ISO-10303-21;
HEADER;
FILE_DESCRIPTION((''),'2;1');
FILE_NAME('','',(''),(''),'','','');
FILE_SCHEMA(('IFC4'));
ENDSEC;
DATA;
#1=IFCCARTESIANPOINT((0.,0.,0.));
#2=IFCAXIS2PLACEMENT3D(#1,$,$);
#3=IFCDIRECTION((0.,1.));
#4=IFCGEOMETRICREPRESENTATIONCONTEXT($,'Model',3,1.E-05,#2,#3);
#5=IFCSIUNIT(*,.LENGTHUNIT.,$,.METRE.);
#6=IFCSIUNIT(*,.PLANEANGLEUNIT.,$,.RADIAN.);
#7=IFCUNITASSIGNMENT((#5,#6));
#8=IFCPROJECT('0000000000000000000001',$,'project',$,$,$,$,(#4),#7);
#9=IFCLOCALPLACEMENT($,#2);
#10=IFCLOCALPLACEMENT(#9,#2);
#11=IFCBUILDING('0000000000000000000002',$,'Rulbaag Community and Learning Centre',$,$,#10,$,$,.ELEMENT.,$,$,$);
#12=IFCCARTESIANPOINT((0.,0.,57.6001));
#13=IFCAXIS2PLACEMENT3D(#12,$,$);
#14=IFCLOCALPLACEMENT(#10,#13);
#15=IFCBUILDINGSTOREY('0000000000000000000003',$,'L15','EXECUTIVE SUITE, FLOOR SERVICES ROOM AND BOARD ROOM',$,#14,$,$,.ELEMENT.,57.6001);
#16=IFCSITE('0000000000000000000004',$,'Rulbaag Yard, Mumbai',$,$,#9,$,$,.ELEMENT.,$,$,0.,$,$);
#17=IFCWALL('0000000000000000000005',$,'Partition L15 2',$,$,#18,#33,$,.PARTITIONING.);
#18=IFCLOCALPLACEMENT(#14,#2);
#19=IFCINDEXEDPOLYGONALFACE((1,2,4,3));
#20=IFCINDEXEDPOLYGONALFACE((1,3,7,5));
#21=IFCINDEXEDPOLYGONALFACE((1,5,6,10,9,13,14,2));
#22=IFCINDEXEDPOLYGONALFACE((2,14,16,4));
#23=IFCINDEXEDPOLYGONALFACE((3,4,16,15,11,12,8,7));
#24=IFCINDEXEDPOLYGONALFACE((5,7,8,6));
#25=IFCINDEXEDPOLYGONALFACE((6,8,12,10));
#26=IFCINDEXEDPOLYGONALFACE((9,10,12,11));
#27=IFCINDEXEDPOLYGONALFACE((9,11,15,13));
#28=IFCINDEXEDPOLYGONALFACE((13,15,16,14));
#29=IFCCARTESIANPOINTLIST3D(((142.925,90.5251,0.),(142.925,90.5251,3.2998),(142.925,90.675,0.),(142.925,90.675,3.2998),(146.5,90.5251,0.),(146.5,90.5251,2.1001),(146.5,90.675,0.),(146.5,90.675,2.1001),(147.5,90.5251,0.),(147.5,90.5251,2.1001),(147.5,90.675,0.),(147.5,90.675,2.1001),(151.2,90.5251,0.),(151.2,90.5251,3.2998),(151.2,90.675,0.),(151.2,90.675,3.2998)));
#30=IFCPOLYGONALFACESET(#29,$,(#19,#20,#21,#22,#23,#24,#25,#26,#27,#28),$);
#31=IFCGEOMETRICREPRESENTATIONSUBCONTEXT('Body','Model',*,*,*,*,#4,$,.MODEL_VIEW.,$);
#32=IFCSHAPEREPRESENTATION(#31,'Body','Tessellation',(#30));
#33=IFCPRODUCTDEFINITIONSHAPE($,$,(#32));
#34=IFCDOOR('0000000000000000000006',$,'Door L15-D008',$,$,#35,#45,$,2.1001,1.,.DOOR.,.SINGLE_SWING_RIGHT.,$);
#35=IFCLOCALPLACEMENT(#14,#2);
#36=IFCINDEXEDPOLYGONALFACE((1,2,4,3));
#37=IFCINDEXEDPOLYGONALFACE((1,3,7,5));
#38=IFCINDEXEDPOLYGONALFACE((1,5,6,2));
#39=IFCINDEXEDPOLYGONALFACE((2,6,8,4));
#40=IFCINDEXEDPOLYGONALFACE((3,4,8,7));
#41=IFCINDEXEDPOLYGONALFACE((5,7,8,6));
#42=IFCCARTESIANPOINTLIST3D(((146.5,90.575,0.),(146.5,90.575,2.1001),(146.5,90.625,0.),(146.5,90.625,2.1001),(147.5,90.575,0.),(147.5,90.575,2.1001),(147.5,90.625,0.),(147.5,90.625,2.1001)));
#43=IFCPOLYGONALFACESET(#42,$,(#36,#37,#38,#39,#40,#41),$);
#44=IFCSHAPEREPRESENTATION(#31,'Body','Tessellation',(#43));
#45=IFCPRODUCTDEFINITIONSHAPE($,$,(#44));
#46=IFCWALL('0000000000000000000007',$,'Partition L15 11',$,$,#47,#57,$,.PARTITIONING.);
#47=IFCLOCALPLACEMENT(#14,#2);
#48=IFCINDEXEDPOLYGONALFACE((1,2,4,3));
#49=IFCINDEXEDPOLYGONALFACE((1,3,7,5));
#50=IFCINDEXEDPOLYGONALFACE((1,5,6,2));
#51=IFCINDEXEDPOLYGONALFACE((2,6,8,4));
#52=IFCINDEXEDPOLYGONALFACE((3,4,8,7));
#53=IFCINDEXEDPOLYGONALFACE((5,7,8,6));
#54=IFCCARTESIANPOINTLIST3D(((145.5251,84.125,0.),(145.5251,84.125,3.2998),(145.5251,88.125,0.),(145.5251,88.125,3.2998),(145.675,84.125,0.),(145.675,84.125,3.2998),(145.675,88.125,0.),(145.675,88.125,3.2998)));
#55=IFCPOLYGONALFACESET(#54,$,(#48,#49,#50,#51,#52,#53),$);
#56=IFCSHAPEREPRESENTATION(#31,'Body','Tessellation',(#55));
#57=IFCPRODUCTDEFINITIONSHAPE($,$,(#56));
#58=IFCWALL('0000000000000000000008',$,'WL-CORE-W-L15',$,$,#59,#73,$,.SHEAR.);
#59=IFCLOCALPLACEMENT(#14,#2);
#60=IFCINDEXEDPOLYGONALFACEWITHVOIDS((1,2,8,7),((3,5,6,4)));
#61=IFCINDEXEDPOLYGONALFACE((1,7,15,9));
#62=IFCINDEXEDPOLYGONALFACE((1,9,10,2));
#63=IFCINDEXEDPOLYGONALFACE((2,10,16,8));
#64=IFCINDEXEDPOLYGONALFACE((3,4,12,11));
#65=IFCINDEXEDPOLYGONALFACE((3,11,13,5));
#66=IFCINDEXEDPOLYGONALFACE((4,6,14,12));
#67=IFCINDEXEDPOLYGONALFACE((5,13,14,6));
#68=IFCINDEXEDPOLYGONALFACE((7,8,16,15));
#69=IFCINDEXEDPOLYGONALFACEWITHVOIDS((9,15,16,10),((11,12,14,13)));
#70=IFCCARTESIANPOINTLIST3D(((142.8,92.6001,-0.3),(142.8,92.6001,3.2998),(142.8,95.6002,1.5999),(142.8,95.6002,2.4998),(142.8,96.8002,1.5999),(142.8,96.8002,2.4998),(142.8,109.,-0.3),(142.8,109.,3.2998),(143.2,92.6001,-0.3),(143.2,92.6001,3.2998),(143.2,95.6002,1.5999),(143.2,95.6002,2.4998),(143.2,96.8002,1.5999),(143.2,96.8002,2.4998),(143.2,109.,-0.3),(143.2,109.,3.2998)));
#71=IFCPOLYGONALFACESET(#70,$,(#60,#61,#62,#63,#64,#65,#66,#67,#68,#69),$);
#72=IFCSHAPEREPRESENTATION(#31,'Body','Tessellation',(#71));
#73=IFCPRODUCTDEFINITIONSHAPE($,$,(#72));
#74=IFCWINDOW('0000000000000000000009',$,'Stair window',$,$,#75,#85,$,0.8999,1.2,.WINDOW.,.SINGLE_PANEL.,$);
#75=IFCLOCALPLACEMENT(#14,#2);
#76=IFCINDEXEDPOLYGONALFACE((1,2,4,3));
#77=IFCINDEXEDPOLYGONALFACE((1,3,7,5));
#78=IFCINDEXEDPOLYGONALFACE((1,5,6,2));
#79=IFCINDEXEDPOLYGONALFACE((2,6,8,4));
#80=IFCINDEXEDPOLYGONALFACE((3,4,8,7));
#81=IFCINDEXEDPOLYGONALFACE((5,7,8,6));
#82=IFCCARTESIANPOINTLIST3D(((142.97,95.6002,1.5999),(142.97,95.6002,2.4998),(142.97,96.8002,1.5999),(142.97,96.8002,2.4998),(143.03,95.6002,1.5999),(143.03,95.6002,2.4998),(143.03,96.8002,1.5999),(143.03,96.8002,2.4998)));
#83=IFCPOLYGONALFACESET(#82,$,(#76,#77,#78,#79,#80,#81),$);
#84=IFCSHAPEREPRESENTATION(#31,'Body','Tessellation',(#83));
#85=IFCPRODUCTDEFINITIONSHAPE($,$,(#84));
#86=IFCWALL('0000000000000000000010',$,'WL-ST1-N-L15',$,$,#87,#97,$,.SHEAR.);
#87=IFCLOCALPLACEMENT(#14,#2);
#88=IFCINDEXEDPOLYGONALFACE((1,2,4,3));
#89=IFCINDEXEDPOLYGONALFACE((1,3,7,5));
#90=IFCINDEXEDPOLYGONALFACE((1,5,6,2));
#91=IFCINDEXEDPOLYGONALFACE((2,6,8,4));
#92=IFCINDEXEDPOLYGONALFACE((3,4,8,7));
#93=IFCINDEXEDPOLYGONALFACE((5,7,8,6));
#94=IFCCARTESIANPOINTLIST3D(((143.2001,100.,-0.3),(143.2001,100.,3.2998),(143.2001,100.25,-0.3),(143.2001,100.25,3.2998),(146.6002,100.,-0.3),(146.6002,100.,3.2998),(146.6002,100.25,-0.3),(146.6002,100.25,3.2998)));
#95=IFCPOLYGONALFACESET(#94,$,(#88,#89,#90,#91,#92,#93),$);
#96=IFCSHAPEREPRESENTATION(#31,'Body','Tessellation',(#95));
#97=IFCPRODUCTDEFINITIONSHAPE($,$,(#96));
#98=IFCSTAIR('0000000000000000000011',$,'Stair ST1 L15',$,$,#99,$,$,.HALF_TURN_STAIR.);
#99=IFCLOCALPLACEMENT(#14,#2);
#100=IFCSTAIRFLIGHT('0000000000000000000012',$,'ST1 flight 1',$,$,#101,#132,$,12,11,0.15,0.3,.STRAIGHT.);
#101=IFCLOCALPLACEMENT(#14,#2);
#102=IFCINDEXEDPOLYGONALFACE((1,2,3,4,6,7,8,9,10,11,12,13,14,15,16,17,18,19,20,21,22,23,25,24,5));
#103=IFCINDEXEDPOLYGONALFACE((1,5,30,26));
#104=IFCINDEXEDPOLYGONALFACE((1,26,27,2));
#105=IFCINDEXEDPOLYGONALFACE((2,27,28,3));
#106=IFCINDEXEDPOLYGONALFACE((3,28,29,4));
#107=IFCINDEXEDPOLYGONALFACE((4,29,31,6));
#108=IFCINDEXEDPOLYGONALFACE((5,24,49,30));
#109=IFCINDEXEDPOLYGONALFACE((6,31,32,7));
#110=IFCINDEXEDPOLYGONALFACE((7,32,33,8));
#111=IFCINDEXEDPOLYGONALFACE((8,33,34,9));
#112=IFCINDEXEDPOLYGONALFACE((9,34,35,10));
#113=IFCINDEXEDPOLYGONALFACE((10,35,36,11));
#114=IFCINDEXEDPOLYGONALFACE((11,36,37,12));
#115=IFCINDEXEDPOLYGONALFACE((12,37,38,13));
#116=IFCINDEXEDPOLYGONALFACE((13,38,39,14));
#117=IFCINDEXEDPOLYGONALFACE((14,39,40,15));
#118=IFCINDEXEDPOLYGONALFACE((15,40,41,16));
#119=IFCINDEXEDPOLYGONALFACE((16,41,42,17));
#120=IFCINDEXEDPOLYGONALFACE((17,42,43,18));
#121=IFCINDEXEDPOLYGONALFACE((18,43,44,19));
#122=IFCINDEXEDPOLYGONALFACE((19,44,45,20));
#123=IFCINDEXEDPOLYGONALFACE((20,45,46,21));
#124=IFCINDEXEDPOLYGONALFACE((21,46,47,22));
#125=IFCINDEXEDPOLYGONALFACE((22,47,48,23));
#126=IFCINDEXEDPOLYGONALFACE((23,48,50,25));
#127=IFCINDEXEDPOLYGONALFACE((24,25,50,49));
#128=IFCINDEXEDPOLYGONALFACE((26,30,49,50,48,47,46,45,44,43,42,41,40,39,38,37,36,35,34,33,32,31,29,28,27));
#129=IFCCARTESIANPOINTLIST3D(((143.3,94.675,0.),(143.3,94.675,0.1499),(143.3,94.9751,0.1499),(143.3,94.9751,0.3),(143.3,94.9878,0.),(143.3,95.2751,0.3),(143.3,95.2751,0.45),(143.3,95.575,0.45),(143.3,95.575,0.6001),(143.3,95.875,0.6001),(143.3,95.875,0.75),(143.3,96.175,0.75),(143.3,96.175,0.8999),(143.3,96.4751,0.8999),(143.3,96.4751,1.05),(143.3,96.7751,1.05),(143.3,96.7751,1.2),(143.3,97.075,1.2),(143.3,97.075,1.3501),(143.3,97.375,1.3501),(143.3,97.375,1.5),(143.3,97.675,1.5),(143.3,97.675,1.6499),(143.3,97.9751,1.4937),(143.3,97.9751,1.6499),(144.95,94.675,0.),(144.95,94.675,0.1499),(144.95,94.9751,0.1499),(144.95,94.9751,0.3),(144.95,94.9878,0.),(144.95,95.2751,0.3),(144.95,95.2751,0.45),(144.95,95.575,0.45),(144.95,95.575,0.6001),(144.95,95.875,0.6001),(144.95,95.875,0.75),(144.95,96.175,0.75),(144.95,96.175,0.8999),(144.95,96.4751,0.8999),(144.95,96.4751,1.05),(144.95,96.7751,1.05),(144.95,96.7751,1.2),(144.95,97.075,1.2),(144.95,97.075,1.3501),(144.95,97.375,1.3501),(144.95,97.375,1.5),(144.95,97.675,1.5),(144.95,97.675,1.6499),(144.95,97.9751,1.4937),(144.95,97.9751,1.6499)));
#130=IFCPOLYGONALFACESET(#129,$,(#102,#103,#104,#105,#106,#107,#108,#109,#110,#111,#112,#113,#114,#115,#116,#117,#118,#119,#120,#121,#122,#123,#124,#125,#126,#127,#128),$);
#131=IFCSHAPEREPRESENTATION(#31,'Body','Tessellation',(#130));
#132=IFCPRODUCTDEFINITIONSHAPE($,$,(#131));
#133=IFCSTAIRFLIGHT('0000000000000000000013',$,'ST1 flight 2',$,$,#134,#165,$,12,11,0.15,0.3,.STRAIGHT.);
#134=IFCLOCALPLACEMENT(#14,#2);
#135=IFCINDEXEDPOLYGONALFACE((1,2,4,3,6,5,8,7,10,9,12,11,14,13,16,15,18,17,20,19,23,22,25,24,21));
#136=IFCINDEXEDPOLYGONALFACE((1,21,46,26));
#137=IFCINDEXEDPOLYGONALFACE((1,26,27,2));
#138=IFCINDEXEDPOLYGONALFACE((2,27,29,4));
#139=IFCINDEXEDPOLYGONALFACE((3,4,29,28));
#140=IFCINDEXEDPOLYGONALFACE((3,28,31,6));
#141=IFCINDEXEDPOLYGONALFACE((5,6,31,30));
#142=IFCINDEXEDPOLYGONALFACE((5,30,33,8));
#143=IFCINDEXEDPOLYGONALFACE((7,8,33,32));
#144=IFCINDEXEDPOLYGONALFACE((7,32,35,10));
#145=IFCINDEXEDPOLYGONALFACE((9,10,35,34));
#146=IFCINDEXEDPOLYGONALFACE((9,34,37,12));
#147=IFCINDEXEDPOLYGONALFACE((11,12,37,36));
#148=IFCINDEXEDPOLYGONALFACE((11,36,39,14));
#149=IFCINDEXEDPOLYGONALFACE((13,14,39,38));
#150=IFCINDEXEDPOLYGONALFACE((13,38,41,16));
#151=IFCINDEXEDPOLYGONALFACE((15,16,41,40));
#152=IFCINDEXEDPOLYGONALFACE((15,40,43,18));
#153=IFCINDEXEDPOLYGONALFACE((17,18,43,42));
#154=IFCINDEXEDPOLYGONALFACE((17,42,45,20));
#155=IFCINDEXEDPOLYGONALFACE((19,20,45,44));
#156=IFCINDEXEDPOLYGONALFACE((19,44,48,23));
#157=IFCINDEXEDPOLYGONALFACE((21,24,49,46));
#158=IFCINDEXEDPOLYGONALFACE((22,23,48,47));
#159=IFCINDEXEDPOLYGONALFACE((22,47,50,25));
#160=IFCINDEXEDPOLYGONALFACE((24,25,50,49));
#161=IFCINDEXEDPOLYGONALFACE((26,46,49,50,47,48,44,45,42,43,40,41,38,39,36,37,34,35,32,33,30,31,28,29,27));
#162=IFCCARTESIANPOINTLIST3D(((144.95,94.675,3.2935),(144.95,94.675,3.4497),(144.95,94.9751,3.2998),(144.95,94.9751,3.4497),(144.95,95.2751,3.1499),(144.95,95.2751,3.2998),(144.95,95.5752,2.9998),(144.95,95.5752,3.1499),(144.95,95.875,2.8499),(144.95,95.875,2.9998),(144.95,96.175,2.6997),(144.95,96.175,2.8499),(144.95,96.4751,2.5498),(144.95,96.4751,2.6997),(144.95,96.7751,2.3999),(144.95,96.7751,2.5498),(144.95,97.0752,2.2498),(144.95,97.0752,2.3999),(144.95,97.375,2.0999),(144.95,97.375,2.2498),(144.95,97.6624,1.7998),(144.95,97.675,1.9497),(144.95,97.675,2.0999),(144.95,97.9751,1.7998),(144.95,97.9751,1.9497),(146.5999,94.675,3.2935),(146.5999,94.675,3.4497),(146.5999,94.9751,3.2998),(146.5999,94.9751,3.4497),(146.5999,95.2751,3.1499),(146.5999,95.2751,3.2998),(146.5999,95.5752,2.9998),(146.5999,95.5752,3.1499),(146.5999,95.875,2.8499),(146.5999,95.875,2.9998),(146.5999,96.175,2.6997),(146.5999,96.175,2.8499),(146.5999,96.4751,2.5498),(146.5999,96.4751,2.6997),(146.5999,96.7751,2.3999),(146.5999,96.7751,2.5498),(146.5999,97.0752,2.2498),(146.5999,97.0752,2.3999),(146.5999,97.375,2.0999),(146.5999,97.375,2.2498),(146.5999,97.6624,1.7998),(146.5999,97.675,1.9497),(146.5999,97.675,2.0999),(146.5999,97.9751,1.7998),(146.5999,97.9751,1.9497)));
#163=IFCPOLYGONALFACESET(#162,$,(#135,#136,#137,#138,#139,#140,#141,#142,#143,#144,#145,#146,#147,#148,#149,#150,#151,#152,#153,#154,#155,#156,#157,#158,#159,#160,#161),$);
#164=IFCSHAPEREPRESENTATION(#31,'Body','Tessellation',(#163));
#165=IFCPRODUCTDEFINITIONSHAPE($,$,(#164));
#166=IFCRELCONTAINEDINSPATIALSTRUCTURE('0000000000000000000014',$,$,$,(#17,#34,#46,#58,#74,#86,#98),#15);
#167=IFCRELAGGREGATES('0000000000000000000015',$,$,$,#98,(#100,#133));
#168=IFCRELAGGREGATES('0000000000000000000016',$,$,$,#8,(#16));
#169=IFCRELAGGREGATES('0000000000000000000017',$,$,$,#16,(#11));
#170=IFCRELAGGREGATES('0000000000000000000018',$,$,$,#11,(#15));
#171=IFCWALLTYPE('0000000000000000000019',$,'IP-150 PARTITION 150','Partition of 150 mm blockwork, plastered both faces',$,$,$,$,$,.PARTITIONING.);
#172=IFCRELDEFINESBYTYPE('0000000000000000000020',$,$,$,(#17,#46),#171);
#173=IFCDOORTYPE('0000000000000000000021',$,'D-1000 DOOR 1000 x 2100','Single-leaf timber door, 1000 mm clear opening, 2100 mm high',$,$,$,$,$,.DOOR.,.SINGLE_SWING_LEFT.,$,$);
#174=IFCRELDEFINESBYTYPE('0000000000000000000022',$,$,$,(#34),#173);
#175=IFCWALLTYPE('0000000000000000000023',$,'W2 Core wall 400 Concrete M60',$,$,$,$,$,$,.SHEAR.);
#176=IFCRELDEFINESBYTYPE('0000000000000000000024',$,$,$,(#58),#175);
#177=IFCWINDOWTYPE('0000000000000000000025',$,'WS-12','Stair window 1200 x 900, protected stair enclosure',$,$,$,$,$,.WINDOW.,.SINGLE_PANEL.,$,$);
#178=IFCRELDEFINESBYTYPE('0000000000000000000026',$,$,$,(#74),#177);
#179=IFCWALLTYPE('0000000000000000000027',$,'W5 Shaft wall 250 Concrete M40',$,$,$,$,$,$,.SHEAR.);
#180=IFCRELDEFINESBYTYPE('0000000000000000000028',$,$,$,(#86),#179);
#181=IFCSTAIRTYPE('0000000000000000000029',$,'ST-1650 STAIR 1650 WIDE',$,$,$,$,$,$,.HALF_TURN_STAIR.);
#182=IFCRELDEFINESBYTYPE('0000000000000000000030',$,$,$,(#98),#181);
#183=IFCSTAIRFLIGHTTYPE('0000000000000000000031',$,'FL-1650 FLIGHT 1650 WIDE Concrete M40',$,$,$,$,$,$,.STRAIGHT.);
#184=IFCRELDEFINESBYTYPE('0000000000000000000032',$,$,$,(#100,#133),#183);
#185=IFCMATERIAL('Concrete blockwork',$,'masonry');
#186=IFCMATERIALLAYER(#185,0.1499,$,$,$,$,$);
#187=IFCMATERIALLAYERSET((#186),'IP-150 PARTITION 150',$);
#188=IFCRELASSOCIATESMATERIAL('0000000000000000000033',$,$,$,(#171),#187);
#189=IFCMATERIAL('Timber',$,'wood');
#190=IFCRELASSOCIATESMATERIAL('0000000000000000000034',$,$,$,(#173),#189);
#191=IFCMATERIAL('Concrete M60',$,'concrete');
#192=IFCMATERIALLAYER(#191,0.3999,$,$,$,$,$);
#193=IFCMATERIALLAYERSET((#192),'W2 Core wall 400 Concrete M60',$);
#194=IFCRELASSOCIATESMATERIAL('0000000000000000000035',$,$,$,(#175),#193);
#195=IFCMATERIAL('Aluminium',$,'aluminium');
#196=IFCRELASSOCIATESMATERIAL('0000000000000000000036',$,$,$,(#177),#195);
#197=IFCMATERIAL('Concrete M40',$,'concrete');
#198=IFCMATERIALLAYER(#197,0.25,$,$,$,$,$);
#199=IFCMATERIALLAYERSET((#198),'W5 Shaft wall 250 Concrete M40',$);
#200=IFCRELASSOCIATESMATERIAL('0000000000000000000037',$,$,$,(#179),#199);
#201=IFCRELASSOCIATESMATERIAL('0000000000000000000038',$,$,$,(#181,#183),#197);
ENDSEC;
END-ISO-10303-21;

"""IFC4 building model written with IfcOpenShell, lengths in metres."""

from ifc_helpers import new_model, si_unit, direction, frame, frame_2d, origin, place, context, subcontext, project, spatial, polyline, rectangle, outline, extrude, material, layer, layer_set, type_object, element, fill, aggregate, save


model = new_model("IFC4")

# Units and contexts
model_context = context("Model", 3, precision=1e-05, world=origin(), true_north=direction((0.0, 1.0)))
body_context = subcontext(model_context, "Body", "Model", "MODEL_VIEW")
ifc_project = project(units=[si_unit("LENGTHUNIT", "METRE"), si_unit("PLANEANGLEUNIT", "RADIAN")], contexts=[model_context])

# Site, building, storey
site_placement = place(None, origin())
site = spatial("IfcSite", under=ifc_project, at=site_placement, Name="Rulbaag Yard, Mumbai", CompositionType="ELEMENT", RefElevation=0.0)
building_placement = place(site_placement, origin())
building = spatial("IfcBuilding", under=site, at=building_placement, Name="Rulbaag Community and Learning Centre", CompositionType="ELEMENT")
storey_placement = place(building_placement, frame((0.0, 0.0, 57.6001)))
storey = spatial("IfcBuildingStorey", under=building, at=storey_placement, Name="L15", Description="EXECUTIVE SUITE, FLOOR SERVICES ROOM AND BOARD ROOM", CompositionType="ELEMENT", Elevation=57.6001)

# Shared definitions
ifc_material_1 = material(Name="Concrete M40", Category="concrete")

# Shared definitions
ifc_material_2 = material(Name="Concrete blockwork", Category="masonry")
ifc_layer_1 = layer(ifc_material_2, 0.1499)
ifc_layer_set_1 = layer_set([ifc_layer_1], Name="IP-150 PARTITION 150")
wall_type_1 = type_object("IfcWallType", Name="IP-150 PARTITION 150", Description="Partition of 150 mm blockwork, plastered both faces", PredefinedType="PARTITIONING", material=ifc_layer_set_1)
ifc_material_3 = material(Name="Timber", Category="wood")

# Wall, opening, door
wall_1_placement = place(storey_placement, frame((142.925, 90.6001, 0.0), z_axis=(0.0, 0.0, 1.0), x_axis=(1.0, 0.0, 0.0)))
wall_1 = element("IfcWall", 1, at=wall_1_placement, inside=storey, type_object=wall_type_1, Name="Partition L15 2", PredefinedType="PARTITIONING", context=body_context, shape_type="SweptSolid", body=[
    extrude(rectangle(XDim=8.2749, YDim=0.1499, at=frame_2d((4.1375, 0.0))), origin(), (0.0, 0.0, 1.0), 3.2998),
])
opening_1_placement = place(wall_1_placement, frame((3.575, 0.0, 0.0)))
opening_1 = element("IfcOpeningElement", 2, at=opening_1_placement, cuts=wall_1, PredefinedType="OPENING", context=body_context, shape_type="SweptSolid", body=[
    extrude(rectangle(XDim=1.0, YDim=2.1001, at=frame_2d((0.5, 1.05))), frame((0.0, 0.085, 0.0), z_axis=(0.0, -1.0, 0.0), x_axis=(1.0, 0.0, 0.0)), (0.0, 0.0, 1.0), 0.1699),
])
door_type_1 = type_object("IfcDoorType", Name="D-1000 DOOR 1000 x 2100", Description="Single-leaf timber door, 1000 mm clear opening, 2100 mm high", OperationType="SINGLE_SWING_LEFT", PredefinedType="DOOR", material=ifc_material_3)
door_1_placement = place(opening_1_placement, origin())
door_1 = element("IfcDoor", 3, at=door_1_placement, inside=storey, type_object=door_type_1, Name="Door L15-D008", OperationType="SINGLE_SWING_RIGHT", OverallHeight=2.1001, OverallWidth=1.0, PredefinedType="DOOR", context=body_context, shape_type="SweptSolid", body=[
    extrude(rectangle(XDim=1.0, YDim=2.1001, at=frame_2d((0.5, 1.05))), frame((0.0, 0.0249, 0.0), z_axis=(0.0, -1.0, 0.0), x_axis=(1.0, 0.0, 0.0)), (0.0, 0.0, 1.0), 0.05),
])
fill(opening_1, door_1)

# Wall
wall_2_placement = place(storey_placement, frame((145.6001, 84.125, 0.0), z_axis=(0.0, 0.0, 1.0), x_axis=(0.0, 1.0, 0.0)))
element("IfcWall", 4, at=wall_2_placement, inside=storey, type_object=wall_type_1, Name="Partition L15 11", PredefinedType="PARTITIONING", context=body_context, shape_type="SweptSolid", body=[
    extrude(rectangle(XDim=4.0, YDim=0.1499, at=frame_2d((2.0, 0.0))), origin(), (0.0, 0.0, 1.0), 3.2998),
])

# Wall, opening, window
ifc_material_4 = material(Name="Concrete M60", Category="concrete")
ifc_layer_2 = layer(ifc_material_4, 0.3999)
ifc_layer_set_2 = layer_set([ifc_layer_2], Name="W2 Core wall 400 Concrete M60")
wall_type_2 = type_object("IfcWallType", Name="W2 Core wall 400 Concrete M60", PredefinedType="SHEAR", material=ifc_layer_set_2)
wall_3_placement = place(storey_placement, frame((143.0, 92.6001, -0.3), z_axis=(0.0, 0.0, 1.0), x_axis=(0.0, 1.0, 0.0)))
wall_3 = element("IfcWall", 5, at=wall_3_placement, inside=storey, type_object=wall_type_2, Name="WL-CORE-W-L15", PredefinedType="SHEAR", context=body_context, shape_type="SweptSolid", body=[
    extrude(rectangle(XDim=16.3999, YDim=0.3999, at=frame_2d((8.2, 0.0))), origin(), (0.0, 0.0, 1.0), 3.5999),
])
opening_2_placement = place(wall_3_placement, frame((3.0, 0.0, 1.8999)))
opening_2 = element("IfcOpeningElement", 6, at=opening_2_placement, cuts=wall_3, PredefinedType="OPENING", context=body_context, shape_type="SweptSolid", body=[
    extrude(rectangle(XDim=1.2, YDim=0.8999, at=frame_2d((0.6001, 0.45))), frame((0.0, 0.21, 0.0), z_axis=(0.0, -1.0, 0.0), x_axis=(1.0, 0.0, 0.0)), (0.0, 0.0, 1.0), 0.4199),
])
ifc_material_5 = material(Name="Aluminium", Category="aluminium")
window_type = type_object("IfcWindowType", Name="WS-12", Description="Stair window 1200 x 900, protected stair enclosure", PartitioningType="SINGLE_PANEL", PredefinedType="WINDOW", material=ifc_material_5)
window_placement = place(opening_2_placement, origin())
window = element("IfcWindow", 7, at=window_placement, inside=storey, type_object=window_type, Name="Stair window", OverallHeight=0.8999, OverallWidth=1.2, PartitioningType="SINGLE_PANEL", PredefinedType="WINDOW", context=body_context, shape_type="SweptSolid", body=[
    extrude(rectangle(XDim=1.2, YDim=0.8999, at=frame_2d((0.6001, 0.45))), frame((0.0, 0.03, 0.0), z_axis=(0.0, -1.0, 0.0), x_axis=(1.0, 0.0, 0.0)), (0.0, 0.0, 1.0), 0.0601),
])
fill(opening_2, window)

# Wall
ifc_layer_3 = layer(ifc_material_1, 0.25)
ifc_layer_set_3 = layer_set([ifc_layer_3], Name="W5 Shaft wall 250 Concrete M40")
wall_type_3 = type_object("IfcWallType", Name="W5 Shaft wall 250 Concrete M40", PredefinedType="SHEAR", material=ifc_layer_set_3)
wall_4_placement = place(storey_placement, frame((143.2, 100.125, -0.3), z_axis=(0.0, 0.0, 1.0), x_axis=(1.0, 0.0, 0.0)))
element("IfcWall", 8, at=wall_4_placement, inside=storey, type_object=wall_type_3, Name="WL-ST1-N-L15", PredefinedType="SHEAR", context=body_context, shape_type="SweptSolid", body=[
    extrude(rectangle(XDim=3.4001, YDim=0.25, at=frame_2d((1.7002, 0.0))), origin(), (0.0, 0.0, 1.0), 3.5999),
])

# Stair, stair flights
stair_type = type_object("IfcStairType", Name="ST-1650 STAIR 1650 WIDE", PredefinedType="HALF_TURN_STAIR", material=ifc_material_1)
stair_placement = place(storey_placement, origin())
stair = element("IfcStair", 9, at=stair_placement, inside=storey, type_object=stair_type, Name="Stair ST1 L15", PredefinedType="HALF_TURN_STAIR")
stair_flight_type = type_object("IfcStairFlightType", Name="FL-1650 FLIGHT 1650 WIDE Concrete M40", PredefinedType="STRAIGHT", material=ifc_material_1)
stair_flight_1_placement = place(storey_placement, frame((144.125, 94.675, 0.0), z_axis=(0.0, 0.0, 1.0), x_axis=(0.0, 1.0, 0.0)))
stair_flight_1 = element("IfcStairFlight", 10, at=stair_flight_1_placement, type_object=stair_flight_type, Name="ST1 flight 1", NumberOfRisers=12, NumberOfTreads=11, PredefinedType="STRAIGHT", RiserHeight=0.15, TreadLength=0.3, context=body_context, shape_type="SweptSolid", body=[
    extrude(outline(polyline([(0.0, 0.0), (0.0, 0.1499), (0.3, 0.1499), (0.3, 0.3), (0.6001, 0.3), (0.6001, 0.45), (0.8999, 0.45), (0.8999, 0.6001), (1.2, 0.6001), (1.2, 0.75), (1.5, 0.75), (1.5, 0.8999), (1.8, 0.8999), (1.8, 1.05), (2.1001, 1.05), (2.1001, 1.2), (2.3999, 1.2), (2.3999, 1.3501), (2.7, 1.3501), (2.7, 1.5), (3.0, 1.5), (3.0, 1.6499), (3.3, 1.6499), (3.3, 1.4937), (0.3127, 0.0), (0.0, 0.0)])), frame((0.0, 0.825, 0.0), z_axis=(0.0, -1.0, 0.0), x_axis=(1.0, 0.0, 0.0)), (0.0, 0.0, 1.0), 1.6499),
])
stair_flight_2_placement = place(storey_placement, frame((145.7749, 97.9751, 1.7998), z_axis=(0.0, 0.0, 1.0), x_axis=(0.0, -1.0, 0.0)))
stair_flight_2 = element("IfcStairFlight", 11, at=stair_flight_2_placement, type_object=stair_flight_type, Name="ST1 flight 2", NumberOfRisers=12, NumberOfTreads=11, PredefinedType="STRAIGHT", RiserHeight=0.15, TreadLength=0.3, context=body_context, shape_type="SweptSolid", body=[
    extrude(outline(polyline([(0.0, 0.0), (0.0, 0.1499), (0.3, 0.1499), (0.3, 0.3), (0.6001, 0.3), (0.6001, 0.45), (0.8999, 0.45), (0.8999, 0.6001), (1.2, 0.6001), (1.2, 0.75), (1.5, 0.75), (1.5, 0.8999), (1.8, 0.8999), (1.8, 1.05), (2.1001, 1.05), (2.1001, 1.2), (2.3999, 1.2), (2.3999, 1.3501), (2.7, 1.3501), (2.7, 1.5), (3.0, 1.5), (3.0, 1.6499), (3.3, 1.6499), (3.3, 1.4937), (0.3127, 0.0), (0.0, 0.0)])), frame((0.0, 0.825, 0.0), z_axis=(0.0, -1.0, 0.0), x_axis=(1.0, 0.0, 0.0)), (0.0, 0.0, 1.0), 1.6499),
])
aggregate(stair, [stair_flight_1, stair_flight_2])

save(model, "model.ifc")
